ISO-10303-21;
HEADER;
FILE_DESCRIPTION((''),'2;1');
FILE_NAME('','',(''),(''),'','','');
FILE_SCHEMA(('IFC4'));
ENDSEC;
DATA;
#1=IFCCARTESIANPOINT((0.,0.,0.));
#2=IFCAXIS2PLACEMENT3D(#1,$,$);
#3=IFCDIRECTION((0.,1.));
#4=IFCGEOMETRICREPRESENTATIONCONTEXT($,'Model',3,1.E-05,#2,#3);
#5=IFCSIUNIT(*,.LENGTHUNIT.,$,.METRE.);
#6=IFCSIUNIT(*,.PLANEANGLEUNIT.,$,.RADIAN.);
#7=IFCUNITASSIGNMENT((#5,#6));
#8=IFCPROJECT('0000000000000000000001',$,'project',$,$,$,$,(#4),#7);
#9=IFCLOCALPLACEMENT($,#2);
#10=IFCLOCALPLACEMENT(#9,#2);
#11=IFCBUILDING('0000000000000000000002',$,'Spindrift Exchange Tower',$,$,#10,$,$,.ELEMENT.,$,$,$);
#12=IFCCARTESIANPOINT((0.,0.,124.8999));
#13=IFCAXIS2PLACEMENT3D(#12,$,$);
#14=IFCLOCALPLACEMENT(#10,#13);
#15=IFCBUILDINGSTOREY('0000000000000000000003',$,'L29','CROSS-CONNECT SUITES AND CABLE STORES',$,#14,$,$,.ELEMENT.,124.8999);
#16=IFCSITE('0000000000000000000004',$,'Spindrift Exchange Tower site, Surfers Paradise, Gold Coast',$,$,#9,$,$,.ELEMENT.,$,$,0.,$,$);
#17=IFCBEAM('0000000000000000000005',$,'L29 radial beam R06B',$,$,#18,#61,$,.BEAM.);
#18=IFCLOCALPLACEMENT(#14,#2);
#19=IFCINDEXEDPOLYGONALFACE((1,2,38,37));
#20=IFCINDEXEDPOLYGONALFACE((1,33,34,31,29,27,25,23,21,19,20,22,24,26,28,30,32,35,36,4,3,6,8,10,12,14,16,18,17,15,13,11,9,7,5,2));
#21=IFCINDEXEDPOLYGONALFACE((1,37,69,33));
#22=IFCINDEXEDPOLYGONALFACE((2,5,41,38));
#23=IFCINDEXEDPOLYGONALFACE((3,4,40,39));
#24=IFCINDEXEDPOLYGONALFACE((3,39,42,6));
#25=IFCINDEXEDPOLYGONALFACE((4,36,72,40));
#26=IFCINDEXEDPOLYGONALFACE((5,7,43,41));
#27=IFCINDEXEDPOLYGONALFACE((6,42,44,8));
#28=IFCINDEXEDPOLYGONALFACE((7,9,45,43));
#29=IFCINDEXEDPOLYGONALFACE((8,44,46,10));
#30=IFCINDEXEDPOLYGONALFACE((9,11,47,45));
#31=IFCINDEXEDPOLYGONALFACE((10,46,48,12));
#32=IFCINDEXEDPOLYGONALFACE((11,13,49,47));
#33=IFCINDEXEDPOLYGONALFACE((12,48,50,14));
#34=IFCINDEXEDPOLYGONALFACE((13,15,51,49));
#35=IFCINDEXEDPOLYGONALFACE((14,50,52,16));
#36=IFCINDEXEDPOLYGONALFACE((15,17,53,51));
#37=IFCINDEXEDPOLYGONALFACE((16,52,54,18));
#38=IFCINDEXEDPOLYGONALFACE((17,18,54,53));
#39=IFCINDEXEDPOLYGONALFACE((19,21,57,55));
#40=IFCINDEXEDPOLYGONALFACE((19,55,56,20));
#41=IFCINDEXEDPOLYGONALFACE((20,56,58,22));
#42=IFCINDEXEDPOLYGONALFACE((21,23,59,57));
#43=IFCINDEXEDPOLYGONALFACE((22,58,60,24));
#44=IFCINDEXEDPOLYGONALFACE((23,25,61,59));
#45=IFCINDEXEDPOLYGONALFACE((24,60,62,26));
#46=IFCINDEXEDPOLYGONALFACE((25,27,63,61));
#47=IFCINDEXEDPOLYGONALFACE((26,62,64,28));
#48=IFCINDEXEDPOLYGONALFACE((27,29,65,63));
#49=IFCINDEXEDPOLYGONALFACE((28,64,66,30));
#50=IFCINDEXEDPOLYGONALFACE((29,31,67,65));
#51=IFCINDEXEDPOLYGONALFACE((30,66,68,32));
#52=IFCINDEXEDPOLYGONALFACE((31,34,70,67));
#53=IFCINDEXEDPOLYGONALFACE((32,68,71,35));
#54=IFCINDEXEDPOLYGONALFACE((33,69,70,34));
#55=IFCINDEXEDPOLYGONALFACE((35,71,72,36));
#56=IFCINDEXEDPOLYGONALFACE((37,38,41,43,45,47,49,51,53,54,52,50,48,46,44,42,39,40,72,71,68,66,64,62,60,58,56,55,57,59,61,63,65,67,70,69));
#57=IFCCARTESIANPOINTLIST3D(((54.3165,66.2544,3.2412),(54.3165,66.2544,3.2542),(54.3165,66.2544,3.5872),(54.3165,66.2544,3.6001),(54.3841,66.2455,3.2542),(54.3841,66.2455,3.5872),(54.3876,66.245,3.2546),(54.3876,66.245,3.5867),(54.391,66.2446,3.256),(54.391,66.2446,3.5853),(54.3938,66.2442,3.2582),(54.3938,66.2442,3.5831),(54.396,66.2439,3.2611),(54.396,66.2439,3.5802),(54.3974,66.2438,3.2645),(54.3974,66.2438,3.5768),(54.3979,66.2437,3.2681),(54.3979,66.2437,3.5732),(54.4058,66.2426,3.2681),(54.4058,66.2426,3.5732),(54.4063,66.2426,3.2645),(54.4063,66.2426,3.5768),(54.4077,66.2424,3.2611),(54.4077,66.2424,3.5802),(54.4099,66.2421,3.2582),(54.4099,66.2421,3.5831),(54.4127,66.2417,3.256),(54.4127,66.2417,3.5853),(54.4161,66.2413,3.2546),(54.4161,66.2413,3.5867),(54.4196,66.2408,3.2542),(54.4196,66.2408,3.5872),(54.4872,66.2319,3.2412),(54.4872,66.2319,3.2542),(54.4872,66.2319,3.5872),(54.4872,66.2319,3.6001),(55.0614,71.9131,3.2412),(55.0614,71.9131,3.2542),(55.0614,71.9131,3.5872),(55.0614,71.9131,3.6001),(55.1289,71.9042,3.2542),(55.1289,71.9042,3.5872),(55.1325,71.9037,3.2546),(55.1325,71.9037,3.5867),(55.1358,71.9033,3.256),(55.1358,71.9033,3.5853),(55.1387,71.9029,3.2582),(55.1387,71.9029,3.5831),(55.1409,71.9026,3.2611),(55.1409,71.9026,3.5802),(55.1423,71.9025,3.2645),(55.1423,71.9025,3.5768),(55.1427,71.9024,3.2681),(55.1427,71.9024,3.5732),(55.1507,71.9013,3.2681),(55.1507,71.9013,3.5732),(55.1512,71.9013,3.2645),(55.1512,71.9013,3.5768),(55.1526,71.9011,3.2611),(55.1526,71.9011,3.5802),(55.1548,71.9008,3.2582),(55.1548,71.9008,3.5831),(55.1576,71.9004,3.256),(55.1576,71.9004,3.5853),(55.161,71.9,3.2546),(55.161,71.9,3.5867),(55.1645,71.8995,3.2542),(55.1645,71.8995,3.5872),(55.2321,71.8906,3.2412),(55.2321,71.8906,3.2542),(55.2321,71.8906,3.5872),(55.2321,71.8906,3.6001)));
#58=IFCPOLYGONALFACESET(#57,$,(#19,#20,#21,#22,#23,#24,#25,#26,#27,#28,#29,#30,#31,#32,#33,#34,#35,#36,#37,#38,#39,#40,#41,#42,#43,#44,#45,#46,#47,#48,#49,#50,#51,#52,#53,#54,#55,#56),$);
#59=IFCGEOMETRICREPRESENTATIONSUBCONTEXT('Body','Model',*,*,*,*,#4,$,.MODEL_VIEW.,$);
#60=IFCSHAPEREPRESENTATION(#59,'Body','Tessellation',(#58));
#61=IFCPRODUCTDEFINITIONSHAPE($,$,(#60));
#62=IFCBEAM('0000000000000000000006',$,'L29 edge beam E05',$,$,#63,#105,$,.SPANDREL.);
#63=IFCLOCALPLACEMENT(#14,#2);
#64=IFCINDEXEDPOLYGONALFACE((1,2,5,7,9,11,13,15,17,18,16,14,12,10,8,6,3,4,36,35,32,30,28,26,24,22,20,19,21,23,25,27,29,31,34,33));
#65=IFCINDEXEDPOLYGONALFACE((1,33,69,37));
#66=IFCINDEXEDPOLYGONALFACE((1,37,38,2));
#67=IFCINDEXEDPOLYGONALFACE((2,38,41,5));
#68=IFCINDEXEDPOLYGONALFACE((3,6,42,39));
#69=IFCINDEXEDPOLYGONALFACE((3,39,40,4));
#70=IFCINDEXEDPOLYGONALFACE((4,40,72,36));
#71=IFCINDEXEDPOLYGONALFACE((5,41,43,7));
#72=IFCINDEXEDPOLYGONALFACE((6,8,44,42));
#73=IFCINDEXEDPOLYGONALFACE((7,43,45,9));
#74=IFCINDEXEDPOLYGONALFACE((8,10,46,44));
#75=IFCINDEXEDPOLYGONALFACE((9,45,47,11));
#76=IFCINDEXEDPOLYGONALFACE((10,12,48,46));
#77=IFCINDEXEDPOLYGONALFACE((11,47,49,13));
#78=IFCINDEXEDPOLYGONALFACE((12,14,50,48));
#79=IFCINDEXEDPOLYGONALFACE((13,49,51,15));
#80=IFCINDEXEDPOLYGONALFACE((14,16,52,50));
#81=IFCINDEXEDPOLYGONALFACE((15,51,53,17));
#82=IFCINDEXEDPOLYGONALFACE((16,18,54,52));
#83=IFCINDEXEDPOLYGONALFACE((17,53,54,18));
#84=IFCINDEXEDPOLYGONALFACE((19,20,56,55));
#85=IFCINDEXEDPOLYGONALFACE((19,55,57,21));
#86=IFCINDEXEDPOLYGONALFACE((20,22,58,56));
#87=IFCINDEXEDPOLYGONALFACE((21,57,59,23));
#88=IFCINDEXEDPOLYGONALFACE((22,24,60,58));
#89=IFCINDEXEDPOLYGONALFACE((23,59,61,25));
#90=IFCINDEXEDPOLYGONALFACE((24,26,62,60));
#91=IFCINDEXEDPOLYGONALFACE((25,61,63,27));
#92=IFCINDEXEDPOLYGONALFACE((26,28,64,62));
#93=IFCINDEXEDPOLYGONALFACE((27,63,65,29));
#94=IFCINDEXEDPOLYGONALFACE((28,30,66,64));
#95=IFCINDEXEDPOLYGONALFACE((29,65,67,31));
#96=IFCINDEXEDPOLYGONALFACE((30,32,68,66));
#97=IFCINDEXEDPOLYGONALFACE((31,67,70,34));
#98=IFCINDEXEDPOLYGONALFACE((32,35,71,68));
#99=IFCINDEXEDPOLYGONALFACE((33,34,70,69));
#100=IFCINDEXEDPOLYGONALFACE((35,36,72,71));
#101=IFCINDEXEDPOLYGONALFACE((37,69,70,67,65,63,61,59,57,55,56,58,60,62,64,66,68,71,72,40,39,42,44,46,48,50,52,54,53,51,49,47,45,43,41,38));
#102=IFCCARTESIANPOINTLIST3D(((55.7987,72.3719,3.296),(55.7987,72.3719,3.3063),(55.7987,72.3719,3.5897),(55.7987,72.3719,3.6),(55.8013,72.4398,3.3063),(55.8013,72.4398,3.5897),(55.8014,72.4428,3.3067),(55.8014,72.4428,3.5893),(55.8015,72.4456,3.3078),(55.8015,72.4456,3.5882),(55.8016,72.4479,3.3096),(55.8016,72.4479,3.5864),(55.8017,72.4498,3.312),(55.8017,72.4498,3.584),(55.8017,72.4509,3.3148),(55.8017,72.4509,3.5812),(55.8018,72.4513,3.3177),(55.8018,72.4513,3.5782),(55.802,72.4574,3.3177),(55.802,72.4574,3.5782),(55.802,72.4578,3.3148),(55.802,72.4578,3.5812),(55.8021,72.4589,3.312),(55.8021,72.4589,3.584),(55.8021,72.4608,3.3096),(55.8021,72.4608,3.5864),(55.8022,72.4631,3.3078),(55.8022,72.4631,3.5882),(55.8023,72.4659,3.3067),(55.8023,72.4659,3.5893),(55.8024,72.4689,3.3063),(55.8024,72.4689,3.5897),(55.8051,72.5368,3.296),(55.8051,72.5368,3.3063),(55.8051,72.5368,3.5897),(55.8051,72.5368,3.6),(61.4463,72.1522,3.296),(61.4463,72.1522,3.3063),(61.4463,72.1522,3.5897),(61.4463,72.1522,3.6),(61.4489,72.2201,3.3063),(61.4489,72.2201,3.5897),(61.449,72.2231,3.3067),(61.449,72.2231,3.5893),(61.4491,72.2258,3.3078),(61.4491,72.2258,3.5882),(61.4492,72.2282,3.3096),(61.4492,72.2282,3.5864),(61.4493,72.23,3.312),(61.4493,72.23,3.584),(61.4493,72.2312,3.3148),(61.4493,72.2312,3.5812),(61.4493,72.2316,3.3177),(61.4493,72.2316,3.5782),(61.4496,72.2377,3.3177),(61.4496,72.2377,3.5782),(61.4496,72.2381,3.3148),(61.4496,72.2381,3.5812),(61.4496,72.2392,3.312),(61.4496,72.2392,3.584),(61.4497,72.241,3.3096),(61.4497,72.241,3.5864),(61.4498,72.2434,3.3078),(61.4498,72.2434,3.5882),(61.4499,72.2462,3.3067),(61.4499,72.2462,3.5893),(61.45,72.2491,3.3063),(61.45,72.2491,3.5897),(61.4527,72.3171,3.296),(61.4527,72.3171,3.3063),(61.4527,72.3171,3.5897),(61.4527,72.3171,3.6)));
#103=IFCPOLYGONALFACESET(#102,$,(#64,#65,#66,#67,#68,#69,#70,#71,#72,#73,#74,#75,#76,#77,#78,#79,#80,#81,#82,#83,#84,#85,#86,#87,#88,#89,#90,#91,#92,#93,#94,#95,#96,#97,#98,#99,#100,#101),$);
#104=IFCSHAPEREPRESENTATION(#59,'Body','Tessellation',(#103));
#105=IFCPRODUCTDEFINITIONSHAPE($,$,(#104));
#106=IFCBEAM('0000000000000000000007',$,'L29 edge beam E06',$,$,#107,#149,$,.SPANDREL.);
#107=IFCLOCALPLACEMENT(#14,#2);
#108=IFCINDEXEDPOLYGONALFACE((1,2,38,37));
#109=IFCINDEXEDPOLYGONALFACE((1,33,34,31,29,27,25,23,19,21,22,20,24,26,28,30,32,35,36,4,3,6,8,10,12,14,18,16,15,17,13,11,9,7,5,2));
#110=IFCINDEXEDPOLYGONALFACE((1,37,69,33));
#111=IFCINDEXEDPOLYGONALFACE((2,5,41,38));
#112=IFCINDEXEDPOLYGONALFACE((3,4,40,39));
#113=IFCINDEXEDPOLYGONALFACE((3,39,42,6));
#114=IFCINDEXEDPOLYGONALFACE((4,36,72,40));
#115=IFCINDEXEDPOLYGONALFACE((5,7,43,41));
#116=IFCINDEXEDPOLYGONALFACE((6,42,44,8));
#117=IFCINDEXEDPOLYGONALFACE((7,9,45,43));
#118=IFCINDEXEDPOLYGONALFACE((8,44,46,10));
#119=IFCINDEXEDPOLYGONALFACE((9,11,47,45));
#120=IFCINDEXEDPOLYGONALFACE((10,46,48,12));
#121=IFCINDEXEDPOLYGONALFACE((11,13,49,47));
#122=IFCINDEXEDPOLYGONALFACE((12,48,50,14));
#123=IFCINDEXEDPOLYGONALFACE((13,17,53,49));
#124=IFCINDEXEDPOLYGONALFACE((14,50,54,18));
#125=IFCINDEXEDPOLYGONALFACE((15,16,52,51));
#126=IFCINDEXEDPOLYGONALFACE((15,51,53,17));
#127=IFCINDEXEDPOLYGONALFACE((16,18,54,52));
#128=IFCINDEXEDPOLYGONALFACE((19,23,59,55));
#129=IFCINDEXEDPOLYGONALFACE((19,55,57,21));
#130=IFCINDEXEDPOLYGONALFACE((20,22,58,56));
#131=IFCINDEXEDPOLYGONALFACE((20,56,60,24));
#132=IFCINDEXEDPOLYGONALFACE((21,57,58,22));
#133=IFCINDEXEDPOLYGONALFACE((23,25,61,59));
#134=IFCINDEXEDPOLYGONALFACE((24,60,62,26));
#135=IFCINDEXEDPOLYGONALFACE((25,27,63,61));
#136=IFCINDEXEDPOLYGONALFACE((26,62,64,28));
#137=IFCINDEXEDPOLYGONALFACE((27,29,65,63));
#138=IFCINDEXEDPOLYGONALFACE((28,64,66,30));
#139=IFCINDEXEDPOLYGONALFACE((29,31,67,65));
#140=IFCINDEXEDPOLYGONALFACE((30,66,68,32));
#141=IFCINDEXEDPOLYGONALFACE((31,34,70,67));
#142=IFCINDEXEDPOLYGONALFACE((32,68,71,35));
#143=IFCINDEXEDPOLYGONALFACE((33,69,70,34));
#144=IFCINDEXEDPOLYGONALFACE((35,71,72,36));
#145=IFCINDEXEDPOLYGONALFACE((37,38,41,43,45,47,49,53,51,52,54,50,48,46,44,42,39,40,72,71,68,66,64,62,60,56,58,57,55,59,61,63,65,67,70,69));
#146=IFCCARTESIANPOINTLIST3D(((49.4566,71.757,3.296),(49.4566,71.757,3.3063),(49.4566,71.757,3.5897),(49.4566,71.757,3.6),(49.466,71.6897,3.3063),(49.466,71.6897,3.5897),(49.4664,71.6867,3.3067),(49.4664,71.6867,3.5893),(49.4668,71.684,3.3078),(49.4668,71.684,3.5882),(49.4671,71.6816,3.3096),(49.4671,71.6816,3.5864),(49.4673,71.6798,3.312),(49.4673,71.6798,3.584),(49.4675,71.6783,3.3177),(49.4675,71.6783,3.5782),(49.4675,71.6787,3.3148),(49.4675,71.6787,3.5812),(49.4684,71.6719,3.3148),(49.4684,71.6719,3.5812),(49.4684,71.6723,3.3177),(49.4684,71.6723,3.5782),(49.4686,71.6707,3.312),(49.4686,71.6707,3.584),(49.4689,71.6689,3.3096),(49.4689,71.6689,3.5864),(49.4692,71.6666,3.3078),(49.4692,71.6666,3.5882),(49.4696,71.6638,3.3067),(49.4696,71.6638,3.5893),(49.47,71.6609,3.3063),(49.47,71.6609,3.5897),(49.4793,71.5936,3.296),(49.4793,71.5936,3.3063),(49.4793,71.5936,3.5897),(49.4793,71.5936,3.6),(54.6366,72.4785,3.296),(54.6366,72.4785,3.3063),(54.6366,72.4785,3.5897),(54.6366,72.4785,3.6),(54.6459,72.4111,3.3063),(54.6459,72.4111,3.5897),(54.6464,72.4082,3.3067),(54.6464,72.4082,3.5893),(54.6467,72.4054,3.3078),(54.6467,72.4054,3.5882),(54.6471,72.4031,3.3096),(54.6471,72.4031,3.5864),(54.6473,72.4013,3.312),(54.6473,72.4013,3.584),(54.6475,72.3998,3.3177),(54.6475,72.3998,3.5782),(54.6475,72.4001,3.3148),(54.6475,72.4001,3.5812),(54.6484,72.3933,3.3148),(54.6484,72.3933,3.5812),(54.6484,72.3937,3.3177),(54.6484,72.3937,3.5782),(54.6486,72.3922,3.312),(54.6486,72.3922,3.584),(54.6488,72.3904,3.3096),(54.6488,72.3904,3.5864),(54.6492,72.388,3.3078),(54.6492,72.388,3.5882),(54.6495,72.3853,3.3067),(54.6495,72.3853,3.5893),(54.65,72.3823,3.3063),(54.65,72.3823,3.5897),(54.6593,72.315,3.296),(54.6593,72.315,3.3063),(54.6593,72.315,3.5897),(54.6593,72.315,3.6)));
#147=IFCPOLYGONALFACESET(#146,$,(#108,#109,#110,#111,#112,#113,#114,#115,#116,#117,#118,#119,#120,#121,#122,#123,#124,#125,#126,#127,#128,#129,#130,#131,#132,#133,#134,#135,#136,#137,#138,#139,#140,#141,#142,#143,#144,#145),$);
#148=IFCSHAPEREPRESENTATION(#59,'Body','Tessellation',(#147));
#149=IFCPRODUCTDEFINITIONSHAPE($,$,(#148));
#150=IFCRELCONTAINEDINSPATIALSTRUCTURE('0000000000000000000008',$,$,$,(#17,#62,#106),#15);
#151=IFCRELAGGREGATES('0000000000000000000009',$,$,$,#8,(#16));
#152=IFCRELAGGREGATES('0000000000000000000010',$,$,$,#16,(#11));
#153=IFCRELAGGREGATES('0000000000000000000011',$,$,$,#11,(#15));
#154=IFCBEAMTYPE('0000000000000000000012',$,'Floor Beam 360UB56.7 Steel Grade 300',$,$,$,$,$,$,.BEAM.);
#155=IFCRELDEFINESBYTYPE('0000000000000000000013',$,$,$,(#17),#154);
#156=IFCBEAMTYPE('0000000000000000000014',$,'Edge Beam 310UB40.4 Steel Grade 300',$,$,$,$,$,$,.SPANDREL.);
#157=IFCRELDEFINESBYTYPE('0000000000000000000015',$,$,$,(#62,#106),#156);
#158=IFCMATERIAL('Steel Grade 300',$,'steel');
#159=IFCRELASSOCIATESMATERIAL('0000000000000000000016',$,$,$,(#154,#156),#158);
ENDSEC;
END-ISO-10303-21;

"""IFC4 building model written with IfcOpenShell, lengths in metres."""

from ifc_helpers import new_model, si_unit, direction, frame, origin, origin_2d, place, context, subcontext, project, spatial, i_section, extrude, source, transform, mapped, material, material_profile, profile_set, type_object, element, save


model = new_model("IFC4")

# Units and contexts
model_context = context("Model", 3, precision=1e-05, world=origin(), true_north=direction((0.0, 1.0)))
body_context = subcontext(model_context, "Body", "Model", "MODEL_VIEW")
ifc_project = project(units=[si_unit("LENGTHUNIT", "METRE"), si_unit("PLANEANGLEUNIT", "RADIAN")], contexts=[model_context])

# Site, building, storey
site_placement = place(None, origin())
site = spatial("IfcSite", under=ifc_project, at=site_placement, Name="Spindrift Exchange Tower site, Surfers Paradise, Gold Coast", CompositionType="ELEMENT", RefElevation=0.0)
building_placement = place(site_placement, origin())
building = spatial("IfcBuilding", under=site, at=building_placement, Name="Spindrift Exchange Tower", CompositionType="ELEMENT")
storey_placement = place(building_placement, frame((0.0, 0.0, 124.8999)))
storey = spatial("IfcBuildingStorey", under=building, at=storey_placement, Name="L29", Description="CROSS-CONNECT SUITES AND CABLE STORES", CompositionType="ELEMENT", Elevation=124.8999)

# Beams
ifc_material_1 = material(Name="Steel Grade 300", Category="steel")
ifc_material_profile_1 = material_profile(ifc_material_1, i_section(OverallWidth=0.1721, OverallDepth=0.3589, WebThickness=0.0081, FlangeThickness=0.0129, FilletRadius=0.0139, at=origin_2d()), Name="360UB56.7")
ifc_profile_set_1 = profile_set([ifc_material_profile_1], Name="Steel Grade 300")
beam_type_1 = type_object("IfcBeamType", Name="Floor Beam 360UB56.7 Steel Grade 300", PredefinedType="BEAM", material=ifc_profile_set_1)
shared_shape_1 = source(origin(), body_context, "Body", "SweptSolid", [
    extrude(i_section(OverallWidth=0.1721, OverallDepth=0.3589, WebThickness=0.0081, FlangeThickness=0.0129, FilletRadius=0.0139, at=origin_2d()), origin(), (0.0, 0.0, 1.0), 5.7075),
])
beam_1_placement = place(storey_placement, frame((54.4019, 66.2432, 3.4207), z_axis=(0.130508, 0.991447, 0.0), x_axis=(-0.991447, 0.130508, 0.0)))
element("IfcBeam", 1, at=beam_1_placement, inside=storey, type_object=beam_type_1, Name="L29 radial beam R06B", PredefinedType="BEAM", context=body_context, shape_type="MappedRepresentation", body=[
    mapped(shared_shape_1, transform((0.0, 0.0, 0.0), scale=1.0)),
])
ifc_material_profile_2 = material_profile(ifc_material_1, i_section(OverallWidth=0.165, OverallDepth=0.304, WebThickness=0.0061, FlangeThickness=0.0103, FilletRadius=0.0115, at=origin_2d()), Name="310UB40.4")
ifc_profile_set_2 = profile_set([ifc_material_profile_2], Name="Steel Grade 300")
beam_type_2 = type_object("IfcBeamType", Name="Edge Beam 310UB40.4 Steel Grade 300", PredefinedType="SPANDREL", material=ifc_profile_set_2)
shared_shape_2 = source(origin(), body_context, "Body", "SweptSolid", [
    extrude(i_section(OverallWidth=0.165, OverallDepth=0.304, WebThickness=0.0061, FlangeThickness=0.0103, FilletRadius=0.0115, at=origin_2d()), origin(), (0.0, 0.0, 1.0), 5.6519),
])
beam_2_placement = place(storey_placement, frame((61.4495, 72.2346, 3.448), z_axis=(-0.999244, 0.038878, 0.0), x_axis=(-0.038878, -0.999244, 0.0)))
element("IfcBeam", 2, at=beam_2_placement, inside=storey, type_object=beam_type_2, Name="L29 edge beam E05", PredefinedType="SPANDREL", context=body_context, shape_type="MappedRepresentation", body=[
    mapped(shared_shape_2, transform((0.0, 0.0, 0.0), scale=1.0)),
])
shared_shape_3 = source(origin(), body_context, "Body", "SweptSolid", [
    extrude(i_section(OverallWidth=0.165, OverallDepth=0.304, WebThickness=0.0061, FlangeThickness=0.0103, FilletRadius=0.0115, at=origin_2d()), origin(), (0.0, 0.0, 1.0), 5.23),
])
beam_3_placement = place(storey_placement, frame((54.6479, 72.3967, 3.448), z_axis=(-0.99044, -0.137944, 0.0), x_axis=(0.137944, -0.99044, 0.0)))
element("IfcBeam", 3, at=beam_3_placement, inside=storey, type_object=beam_type_2, Name="L29 edge beam E06", PredefinedType="SPANDREL", context=body_context, shape_type="MappedRepresentation", body=[
    mapped(shared_shape_3, transform((0.0, 0.0, 0.0), scale=1.0)),
])

save(model, "model.ifc")
